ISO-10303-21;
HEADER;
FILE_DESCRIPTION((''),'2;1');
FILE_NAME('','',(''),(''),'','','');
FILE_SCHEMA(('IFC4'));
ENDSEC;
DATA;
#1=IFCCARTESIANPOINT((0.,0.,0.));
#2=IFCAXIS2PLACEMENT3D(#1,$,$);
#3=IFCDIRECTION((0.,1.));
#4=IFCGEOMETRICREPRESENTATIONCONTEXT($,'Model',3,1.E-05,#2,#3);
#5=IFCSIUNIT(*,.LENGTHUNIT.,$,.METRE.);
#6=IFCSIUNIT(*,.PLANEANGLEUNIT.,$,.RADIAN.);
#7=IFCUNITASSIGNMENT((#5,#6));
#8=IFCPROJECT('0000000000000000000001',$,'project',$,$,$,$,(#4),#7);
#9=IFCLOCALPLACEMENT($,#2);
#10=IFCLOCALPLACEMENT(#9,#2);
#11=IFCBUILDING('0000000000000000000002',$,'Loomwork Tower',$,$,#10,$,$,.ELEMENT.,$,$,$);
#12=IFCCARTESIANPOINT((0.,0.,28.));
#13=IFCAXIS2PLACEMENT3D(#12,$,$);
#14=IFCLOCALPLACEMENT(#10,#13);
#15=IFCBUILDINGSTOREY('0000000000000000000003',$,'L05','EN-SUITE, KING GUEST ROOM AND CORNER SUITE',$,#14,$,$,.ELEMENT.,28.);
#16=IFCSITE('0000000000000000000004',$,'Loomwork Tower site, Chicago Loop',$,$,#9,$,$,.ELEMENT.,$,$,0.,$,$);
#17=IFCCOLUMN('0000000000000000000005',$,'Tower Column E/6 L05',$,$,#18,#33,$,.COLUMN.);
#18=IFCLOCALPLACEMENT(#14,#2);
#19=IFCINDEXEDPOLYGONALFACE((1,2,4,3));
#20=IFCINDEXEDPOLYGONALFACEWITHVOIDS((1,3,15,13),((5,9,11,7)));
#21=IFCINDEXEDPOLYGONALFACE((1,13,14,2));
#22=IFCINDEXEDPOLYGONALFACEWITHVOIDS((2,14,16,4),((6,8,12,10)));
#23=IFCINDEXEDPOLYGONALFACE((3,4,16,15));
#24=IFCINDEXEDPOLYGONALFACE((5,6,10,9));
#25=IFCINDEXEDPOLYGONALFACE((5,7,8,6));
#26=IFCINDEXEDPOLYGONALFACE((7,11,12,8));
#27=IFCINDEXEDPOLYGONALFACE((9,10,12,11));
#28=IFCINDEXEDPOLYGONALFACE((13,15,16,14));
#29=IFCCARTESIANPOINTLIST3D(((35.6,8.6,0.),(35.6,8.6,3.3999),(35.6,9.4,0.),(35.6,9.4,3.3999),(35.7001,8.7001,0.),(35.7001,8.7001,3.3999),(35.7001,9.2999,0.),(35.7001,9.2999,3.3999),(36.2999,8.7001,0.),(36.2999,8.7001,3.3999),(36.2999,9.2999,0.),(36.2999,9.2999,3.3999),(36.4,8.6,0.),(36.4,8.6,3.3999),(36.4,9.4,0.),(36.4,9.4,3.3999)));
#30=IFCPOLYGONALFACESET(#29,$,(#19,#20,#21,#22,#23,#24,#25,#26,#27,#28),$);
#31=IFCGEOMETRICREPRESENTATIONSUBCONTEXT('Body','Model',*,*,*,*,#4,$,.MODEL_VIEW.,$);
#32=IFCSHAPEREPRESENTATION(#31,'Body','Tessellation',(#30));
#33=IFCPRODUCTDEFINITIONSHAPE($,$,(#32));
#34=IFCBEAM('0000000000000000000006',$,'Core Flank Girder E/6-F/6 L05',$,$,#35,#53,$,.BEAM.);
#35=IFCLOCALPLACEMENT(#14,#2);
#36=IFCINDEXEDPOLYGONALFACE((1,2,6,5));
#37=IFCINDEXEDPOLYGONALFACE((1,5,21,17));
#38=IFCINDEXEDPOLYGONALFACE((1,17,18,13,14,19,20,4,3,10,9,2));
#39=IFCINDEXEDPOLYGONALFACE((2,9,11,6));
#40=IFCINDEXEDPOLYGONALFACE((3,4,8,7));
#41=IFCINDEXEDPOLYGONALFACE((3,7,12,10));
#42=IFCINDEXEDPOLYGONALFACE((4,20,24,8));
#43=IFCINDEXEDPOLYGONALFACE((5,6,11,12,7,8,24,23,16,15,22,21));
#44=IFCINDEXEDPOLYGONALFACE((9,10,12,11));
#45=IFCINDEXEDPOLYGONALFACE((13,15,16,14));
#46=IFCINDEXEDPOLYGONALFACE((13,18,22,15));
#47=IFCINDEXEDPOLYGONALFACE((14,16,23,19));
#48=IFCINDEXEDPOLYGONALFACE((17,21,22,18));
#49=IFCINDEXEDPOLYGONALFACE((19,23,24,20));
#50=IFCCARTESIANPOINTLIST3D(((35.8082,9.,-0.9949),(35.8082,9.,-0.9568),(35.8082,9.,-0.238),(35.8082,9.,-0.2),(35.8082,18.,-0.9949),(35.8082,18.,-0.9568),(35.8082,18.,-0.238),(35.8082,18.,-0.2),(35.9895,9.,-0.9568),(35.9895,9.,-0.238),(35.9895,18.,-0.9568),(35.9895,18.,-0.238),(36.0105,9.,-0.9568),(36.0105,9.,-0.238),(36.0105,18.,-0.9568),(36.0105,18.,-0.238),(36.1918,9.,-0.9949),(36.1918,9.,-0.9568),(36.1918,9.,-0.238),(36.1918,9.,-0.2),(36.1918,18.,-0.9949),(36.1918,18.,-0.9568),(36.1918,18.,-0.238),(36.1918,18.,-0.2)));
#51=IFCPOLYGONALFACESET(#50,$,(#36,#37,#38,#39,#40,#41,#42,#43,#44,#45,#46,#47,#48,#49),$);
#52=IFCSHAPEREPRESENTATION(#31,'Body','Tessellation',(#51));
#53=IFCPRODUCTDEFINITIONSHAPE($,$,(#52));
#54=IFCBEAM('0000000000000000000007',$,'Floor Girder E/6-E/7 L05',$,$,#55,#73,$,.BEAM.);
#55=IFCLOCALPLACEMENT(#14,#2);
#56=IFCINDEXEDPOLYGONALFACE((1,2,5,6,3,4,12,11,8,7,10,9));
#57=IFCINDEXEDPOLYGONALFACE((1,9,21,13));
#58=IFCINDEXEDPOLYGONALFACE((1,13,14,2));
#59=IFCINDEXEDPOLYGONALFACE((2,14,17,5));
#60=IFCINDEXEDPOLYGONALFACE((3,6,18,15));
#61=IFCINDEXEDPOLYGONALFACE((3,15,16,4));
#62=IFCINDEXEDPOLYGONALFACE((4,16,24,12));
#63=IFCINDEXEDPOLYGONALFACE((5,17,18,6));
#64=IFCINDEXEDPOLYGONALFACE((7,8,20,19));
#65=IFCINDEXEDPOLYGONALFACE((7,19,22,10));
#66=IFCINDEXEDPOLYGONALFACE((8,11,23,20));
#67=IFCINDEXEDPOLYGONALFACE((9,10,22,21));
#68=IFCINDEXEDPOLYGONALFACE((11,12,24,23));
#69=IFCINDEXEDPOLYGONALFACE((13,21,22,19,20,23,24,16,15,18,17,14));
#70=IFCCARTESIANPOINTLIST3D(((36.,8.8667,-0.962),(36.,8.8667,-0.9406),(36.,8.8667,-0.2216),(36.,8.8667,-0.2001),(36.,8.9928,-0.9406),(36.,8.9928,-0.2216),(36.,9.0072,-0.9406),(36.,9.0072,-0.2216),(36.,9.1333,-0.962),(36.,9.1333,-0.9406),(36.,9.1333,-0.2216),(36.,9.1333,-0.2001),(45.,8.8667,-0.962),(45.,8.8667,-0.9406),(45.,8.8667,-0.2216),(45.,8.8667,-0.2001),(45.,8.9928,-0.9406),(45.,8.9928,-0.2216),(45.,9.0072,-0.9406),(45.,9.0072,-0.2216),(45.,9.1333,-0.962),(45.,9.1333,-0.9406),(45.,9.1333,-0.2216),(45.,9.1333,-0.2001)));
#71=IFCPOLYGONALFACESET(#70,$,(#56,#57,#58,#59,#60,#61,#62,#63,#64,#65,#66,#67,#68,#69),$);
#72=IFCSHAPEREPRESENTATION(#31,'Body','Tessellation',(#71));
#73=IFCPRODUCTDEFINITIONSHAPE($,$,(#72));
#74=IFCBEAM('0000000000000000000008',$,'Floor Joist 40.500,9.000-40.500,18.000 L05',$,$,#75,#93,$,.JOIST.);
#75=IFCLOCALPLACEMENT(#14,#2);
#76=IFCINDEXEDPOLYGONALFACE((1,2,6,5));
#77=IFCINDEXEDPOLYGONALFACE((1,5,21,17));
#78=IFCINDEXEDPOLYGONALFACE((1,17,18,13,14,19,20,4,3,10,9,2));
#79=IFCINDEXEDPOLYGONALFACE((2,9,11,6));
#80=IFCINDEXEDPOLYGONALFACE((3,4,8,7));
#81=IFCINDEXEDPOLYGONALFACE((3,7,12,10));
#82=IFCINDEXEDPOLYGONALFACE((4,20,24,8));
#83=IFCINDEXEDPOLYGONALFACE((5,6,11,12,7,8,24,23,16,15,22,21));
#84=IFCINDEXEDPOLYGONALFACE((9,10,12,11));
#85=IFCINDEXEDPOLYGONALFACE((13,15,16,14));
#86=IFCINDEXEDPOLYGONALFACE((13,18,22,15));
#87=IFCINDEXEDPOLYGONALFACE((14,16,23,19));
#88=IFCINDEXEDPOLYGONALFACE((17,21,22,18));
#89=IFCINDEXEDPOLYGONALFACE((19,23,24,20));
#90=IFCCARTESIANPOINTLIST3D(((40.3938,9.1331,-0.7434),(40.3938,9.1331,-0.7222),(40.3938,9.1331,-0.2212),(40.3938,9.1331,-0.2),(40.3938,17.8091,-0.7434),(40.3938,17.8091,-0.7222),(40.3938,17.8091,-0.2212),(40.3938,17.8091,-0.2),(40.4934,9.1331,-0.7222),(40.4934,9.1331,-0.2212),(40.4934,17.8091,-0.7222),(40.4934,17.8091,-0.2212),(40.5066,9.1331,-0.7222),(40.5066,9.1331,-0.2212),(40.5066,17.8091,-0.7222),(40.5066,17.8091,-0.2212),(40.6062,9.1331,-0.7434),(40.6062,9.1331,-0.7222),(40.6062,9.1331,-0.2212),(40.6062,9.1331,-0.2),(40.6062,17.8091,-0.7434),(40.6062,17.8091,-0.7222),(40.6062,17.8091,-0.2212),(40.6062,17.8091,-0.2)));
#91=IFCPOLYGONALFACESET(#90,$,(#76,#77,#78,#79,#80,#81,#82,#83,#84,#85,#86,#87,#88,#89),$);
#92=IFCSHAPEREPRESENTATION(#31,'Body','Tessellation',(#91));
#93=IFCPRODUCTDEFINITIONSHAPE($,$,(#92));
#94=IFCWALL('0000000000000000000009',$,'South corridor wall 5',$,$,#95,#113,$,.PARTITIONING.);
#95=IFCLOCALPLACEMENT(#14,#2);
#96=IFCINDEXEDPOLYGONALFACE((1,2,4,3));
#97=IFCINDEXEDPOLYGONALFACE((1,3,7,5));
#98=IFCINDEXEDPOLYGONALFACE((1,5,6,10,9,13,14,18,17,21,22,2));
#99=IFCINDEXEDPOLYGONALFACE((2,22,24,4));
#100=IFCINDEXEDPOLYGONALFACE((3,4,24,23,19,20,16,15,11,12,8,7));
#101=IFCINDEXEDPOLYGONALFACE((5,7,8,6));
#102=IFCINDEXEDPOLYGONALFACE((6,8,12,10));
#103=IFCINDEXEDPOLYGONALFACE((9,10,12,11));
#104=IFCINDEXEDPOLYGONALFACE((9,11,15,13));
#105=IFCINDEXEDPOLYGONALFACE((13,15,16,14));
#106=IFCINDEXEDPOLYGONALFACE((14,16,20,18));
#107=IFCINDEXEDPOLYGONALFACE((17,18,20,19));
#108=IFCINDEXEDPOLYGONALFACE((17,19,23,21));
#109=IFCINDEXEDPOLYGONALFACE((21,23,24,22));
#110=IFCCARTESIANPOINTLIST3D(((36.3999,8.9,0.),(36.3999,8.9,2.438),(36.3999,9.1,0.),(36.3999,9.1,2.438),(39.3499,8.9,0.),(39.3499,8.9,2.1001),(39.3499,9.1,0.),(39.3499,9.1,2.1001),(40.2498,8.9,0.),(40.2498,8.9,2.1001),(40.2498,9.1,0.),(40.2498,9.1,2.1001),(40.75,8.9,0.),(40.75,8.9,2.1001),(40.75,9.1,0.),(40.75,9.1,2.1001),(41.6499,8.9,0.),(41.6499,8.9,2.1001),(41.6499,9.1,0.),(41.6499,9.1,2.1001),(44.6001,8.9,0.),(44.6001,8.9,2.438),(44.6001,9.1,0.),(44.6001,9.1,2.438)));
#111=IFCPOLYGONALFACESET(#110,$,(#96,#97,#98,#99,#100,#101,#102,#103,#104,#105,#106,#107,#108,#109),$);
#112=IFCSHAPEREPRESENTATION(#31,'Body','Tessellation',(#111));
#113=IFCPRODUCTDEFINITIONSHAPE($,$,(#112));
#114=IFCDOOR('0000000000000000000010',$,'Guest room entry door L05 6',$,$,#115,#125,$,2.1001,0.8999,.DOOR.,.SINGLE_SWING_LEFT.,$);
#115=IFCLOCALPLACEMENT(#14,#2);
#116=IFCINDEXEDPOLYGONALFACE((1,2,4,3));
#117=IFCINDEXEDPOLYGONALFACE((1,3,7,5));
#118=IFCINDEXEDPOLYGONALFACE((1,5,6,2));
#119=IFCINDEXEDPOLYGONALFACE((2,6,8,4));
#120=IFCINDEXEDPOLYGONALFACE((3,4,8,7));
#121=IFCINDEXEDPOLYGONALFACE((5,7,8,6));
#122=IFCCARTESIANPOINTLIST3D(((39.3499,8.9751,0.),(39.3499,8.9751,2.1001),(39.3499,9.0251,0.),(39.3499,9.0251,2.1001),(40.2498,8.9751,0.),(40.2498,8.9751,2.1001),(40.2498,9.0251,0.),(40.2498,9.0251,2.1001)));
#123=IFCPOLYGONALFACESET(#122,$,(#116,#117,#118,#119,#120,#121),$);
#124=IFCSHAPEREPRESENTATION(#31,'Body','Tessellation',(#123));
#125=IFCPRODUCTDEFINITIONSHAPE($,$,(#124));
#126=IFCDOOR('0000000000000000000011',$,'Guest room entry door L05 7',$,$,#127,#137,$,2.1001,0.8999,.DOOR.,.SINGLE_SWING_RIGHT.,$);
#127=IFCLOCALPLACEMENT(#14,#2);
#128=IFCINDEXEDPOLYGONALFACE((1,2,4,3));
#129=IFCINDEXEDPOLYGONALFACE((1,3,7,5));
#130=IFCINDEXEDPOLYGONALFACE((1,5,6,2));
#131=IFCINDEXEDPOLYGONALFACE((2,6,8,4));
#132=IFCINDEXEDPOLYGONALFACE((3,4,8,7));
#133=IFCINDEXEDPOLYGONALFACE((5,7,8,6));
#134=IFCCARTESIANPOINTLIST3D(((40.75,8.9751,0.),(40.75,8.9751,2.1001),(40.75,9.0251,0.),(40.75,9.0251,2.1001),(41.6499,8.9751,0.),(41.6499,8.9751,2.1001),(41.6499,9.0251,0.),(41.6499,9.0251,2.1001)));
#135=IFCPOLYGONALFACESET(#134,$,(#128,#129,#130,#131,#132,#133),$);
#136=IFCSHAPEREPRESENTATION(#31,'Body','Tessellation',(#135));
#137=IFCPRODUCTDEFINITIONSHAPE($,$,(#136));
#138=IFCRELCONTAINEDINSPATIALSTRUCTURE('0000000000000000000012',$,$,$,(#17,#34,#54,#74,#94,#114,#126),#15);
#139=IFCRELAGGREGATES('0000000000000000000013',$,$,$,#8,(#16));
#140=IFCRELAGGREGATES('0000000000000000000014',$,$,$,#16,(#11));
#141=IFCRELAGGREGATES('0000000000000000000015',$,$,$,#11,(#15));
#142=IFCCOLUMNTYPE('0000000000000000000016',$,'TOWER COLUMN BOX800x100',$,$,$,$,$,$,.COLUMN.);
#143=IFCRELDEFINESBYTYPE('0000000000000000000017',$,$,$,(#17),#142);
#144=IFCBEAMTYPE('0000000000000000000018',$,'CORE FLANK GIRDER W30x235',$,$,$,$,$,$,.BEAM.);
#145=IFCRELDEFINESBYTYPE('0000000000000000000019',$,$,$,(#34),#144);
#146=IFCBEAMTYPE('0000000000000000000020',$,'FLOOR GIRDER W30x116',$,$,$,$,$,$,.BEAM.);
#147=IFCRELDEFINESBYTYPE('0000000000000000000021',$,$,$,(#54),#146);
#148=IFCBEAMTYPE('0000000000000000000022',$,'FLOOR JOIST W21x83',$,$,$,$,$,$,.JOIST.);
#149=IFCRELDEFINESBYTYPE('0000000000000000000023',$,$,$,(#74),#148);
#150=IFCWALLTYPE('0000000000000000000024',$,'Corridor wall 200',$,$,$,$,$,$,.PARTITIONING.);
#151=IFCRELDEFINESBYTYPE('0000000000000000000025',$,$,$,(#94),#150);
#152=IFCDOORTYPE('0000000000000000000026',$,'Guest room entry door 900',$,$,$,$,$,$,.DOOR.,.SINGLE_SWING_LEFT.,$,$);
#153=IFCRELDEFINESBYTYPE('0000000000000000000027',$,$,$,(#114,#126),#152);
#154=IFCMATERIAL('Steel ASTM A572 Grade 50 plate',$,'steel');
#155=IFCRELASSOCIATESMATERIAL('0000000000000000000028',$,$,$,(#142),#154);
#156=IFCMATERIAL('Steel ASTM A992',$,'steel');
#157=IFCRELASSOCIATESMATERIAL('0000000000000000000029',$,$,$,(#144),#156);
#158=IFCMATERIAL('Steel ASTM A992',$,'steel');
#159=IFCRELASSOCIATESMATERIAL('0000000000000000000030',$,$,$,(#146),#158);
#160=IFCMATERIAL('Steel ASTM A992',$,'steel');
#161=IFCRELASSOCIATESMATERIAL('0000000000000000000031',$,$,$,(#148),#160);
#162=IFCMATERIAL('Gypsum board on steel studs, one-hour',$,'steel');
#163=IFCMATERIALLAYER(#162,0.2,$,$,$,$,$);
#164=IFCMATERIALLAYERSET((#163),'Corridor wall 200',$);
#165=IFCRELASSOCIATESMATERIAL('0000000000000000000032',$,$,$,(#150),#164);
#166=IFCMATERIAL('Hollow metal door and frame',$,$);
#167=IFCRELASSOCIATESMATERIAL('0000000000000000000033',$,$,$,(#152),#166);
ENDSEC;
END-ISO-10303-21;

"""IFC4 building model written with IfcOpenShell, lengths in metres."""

from ifc_helpers import new_model, si_unit, direction, frame, frame_2d, origin, origin_2d, place, context, subcontext, project, spatial, rectangle, hollow_rectangle, i_section, extrude, material, layer, layer_set, material_profile, profile_set, type_object, element, fill, save


model = new_model("IFC4")

# Units and contexts
model_context = context("Model", 3, precision=1e-05, world=origin(), true_north=direction((0.0, 1.0)))
body_context = subcontext(model_context, "Body", "Model", "MODEL_VIEW")
ifc_project = project(units=[si_unit("LENGTHUNIT", "METRE"), si_unit("PLANEANGLEUNIT", "RADIAN")], contexts=[model_context])

# Site, building, storey
site_placement = place(None, origin())
site = spatial("IfcSite", under=ifc_project, at=site_placement, Name="Loomwork Tower site, Chicago Loop", CompositionType="ELEMENT", RefElevation=0.0)
building_placement = place(site_placement, origin())
building = spatial("IfcBuilding", under=site, at=building_placement, Name="Loomwork Tower", CompositionType="ELEMENT")
storey_placement = place(building_placement, frame((0.0, 0.0, 28.0)))
storey = spatial("IfcBuildingStorey", under=building, at=storey_placement, Name="L05", Description="EN-SUITE, KING GUEST ROOM AND CORNER SUITE", CompositionType="ELEMENT", Elevation=28.0)

# Column
ifc_material_1 = material(Name="Steel ASTM A572 Grade 50 plate", Category="steel")
ifc_material_profile_1 = material_profile(ifc_material_1, hollow_rectangle(XDim=0.8, YDim=0.8, WallThickness=0.1001, at=origin_2d()), Name="BOX800x100")
ifc_profile_set_1 = profile_set([ifc_material_profile_1], Name="Steel ASTM A572 Grade 50 plate")
column_type = type_object("IfcColumnType", Name="TOWER COLUMN BOX800x100", PredefinedType="COLUMN", material=ifc_profile_set_1)
column_placement = place(storey_placement, frame((36.0, 9.0, 0.0), z_axis=(0.0, 0.0, 1.0), x_axis=(0.0, 1.0, 0.0)))
element("IfcColumn", 1, at=column_placement, inside=storey, type_object=column_type, Name="Tower Column E/6 L05", PredefinedType="COLUMN", context=body_context, shape_type="SweptSolid", body=[
    extrude(hollow_rectangle(XDim=0.8, YDim=0.8, WallThickness=0.1001, at=origin_2d()), origin(), (0.0, 0.0, 1.0), 3.3999),
])

# Beams
ifc_material_2 = material(Name="Steel ASTM A992", Category="steel")
ifc_material_profile_2 = material_profile(ifc_material_2, i_section(OverallWidth=0.3835, OverallDepth=0.7949, WebThickness=0.021, FlangeThickness=0.0381, at=origin_2d()), Name="W30x235")
ifc_profile_set_2 = profile_set([ifc_material_profile_2], Name="Steel ASTM A992")
beam_type_1 = type_object("IfcBeamType", Name="CORE FLANK GIRDER W30x235", PredefinedType="BEAM", material=ifc_profile_set_2)
beam_1_placement = place(storey_placement, frame((36.0, 9.0, -0.5974), z_axis=(0.0, 1.0, 0.0), x_axis=(-1.0, 0.0, 0.0)))
element("IfcBeam", 2, at=beam_1_placement, inside=storey, type_object=beam_type_1, Name="Core Flank Girder E/6-F/6 L05", PredefinedType="BEAM", context=body_context, shape_type="SweptSolid", body=[
    extrude(i_section(OverallWidth=0.3835, OverallDepth=0.7949, WebThickness=0.021, FlangeThickness=0.0381, at=origin_2d()), origin(), (0.0, 0.0, 1.0), 9.0),
])
ifc_material_3 = material(Name="Steel ASTM A992", Category="steel")
ifc_material_profile_3 = material_profile(ifc_material_3, i_section(OverallWidth=0.2666, OverallDepth=0.762, WebThickness=0.0144, FlangeThickness=0.0215, at=origin_2d()), Name="W30x116")
ifc_profile_set_3 = profile_set([ifc_material_profile_3], Name="Steel ASTM A992")
beam_type_2 = type_object("IfcBeamType", Name="FLOOR GIRDER W30x116", PredefinedType="BEAM", material=ifc_profile_set_3)
beam_2_placement = place(storey_placement, frame((36.0, 9.0, -0.5811), z_axis=(1.0, 0.0, 0.0), x_axis=(0.0, 1.0, 0.0)))
element("IfcBeam", 3, at=beam_2_placement, inside=storey, type_object=beam_type_2, Name="Floor Girder E/6-E/7 L05", PredefinedType="BEAM", context=body_context, shape_type="SweptSolid", body=[
    extrude(i_section(OverallWidth=0.2666, OverallDepth=0.762, WebThickness=0.0144, FlangeThickness=0.0215, at=origin_2d()), origin(), (0.0, 0.0, 1.0), 9.0),
])
ifc_material_4 = material(Name="Steel ASTM A992", Category="steel")
ifc_material_profile_4 = material_profile(ifc_material_4, i_section(OverallWidth=0.2124, OverallDepth=0.5435, WebThickness=0.0132, FlangeThickness=0.0212, at=origin_2d()), Name="W21x83")
ifc_profile_set_4 = profile_set([ifc_material_profile_4], Name="Steel ASTM A992")
beam_type_3 = type_object("IfcBeamType", Name="FLOOR JOIST W21x83", PredefinedType="JOIST", material=ifc_profile_set_4)
beam_3_placement = place(storey_placement, frame((40.5, 9.1331, -0.4717), z_axis=(0.0, 1.0, 0.0), x_axis=(-1.0, 0.0, 0.0)))
element("IfcBeam", 4, at=beam_3_placement, inside=storey, type_object=beam_type_3, Name="Floor Joist 40.500,9.000-40.500,18.000 L05", PredefinedType="JOIST", context=body_context, shape_type="SweptSolid", body=[
    extrude(i_section(OverallWidth=0.2124, OverallDepth=0.5435, WebThickness=0.0132, FlangeThickness=0.0212, at=origin_2d()), origin(), (0.0, 0.0, 1.0), 8.676),
])

# Wall, openings, doors
ifc_material_5 = material(Name="Gypsum board on steel studs, one-hour", Category="steel")
ifc_layer_1 = layer(ifc_material_5, 0.2)
ifc_layer_set_1 = layer_set([ifc_layer_1], Name="Corridor wall 200")
wall_type_1 = type_object("IfcWallType", Name="Corridor wall 200", PredefinedType="PARTITIONING", material=ifc_layer_set_1)
wall_1_placement = place(storey_placement, frame((36.3999, 9.0, 0.0), z_axis=(0.0, 0.0, 1.0), x_axis=(1.0, 0.0, 0.0)))
wall_1 = element("IfcWall", 5, at=wall_1_placement, inside=storey, type_object=wall_type_1, Name="South corridor wall 5", PredefinedType="PARTITIONING", context=body_context, shape_type="SweptSolid", body=[
    extrude(rectangle(XDim=8.2002, YDim=0.2, at=frame_2d((4.1001, 0.0))), origin(), (0.0, 0.0, 1.0), 2.438),
])
opening_1_placement = place(wall_1_placement, frame((2.95, 0.0, 0.0)))
opening_1 = element("IfcOpeningElement", 6, at=opening_1_placement, cuts=wall_1, PredefinedType="OPENING", context=body_context, shape_type="SweptSolid", body=[
    extrude(rectangle(XDim=0.8999, YDim=2.1001, at=frame_2d((0.45, 1.05))), frame((0.0, 0.1099, 0.0), z_axis=(0.0, -1.0, 0.0), x_axis=(1.0, 0.0, 0.0)), (0.0, 0.0, 1.0), 0.22),
])
opening_2_placement = place(wall_1_placement, frame((4.3501, 0.0, 0.0)))
opening_2 = element("IfcOpeningElement", 7, at=opening_2_placement, cuts=wall_1, PredefinedType="OPENING", context=body_context, shape_type="SweptSolid", body=[
    extrude(rectangle(XDim=0.8999, YDim=2.1001, at=frame_2d((0.45, 1.05))), frame((0.0, 0.1099, 0.0), z_axis=(0.0, -1.0, 0.0), x_axis=(1.0, 0.0, 0.0)), (0.0, 0.0, 1.0), 0.22),
])
ifc_material_6 = material(Name="Hollow metal door and frame")
door_type_1 = type_object("IfcDoorType", Name="Guest room entry door 900", OperationType="SINGLE_SWING_LEFT", PredefinedType="DOOR", material=ifc_material_6)
door_1_placement = place(opening_1_placement, frame((0.8999, 0.0, 0.0), z_axis=(0.0, 0.0, 1.0), x_axis=(-1.0, 0.0, 0.0)))
door_1 = element("IfcDoor", 8, at=door_1_placement, inside=storey, type_object=door_type_1, Name="Guest room entry door L05 6", OperationType="SINGLE_SWING_LEFT", OverallHeight=2.1001, OverallWidth=0.8999, PredefinedType="DOOR", context=body_context, shape_type="SweptSolid", body=[
    extrude(rectangle(XDim=0.8999, YDim=2.1001, at=frame_2d((0.45, 1.05))), frame((0.0, 0.0249, 0.0), z_axis=(0.0, -1.0, 0.0), x_axis=(1.0, 0.0, 0.0)), (0.0, 0.0, 1.0), 0.05),
])
fill(opening_1, door_1)
door_2_placement = place(opening_2_placement, frame((0.8999, 0.0, 0.0), z_axis=(0.0, 0.0, 1.0), x_axis=(-1.0, 0.0, 0.0)))
door_2 = element("IfcDoor", 9, at=door_2_placement, inside=storey, type_object=door_type_1, Name="Guest room entry door L05 7", OperationType="SINGLE_SWING_RIGHT", OverallHeight=2.1001, OverallWidth=0.8999, PredefinedType="DOOR", context=body_context, shape_type="SweptSolid", body=[
    extrude(rectangle(XDim=0.8999, YDim=2.1001, at=frame_2d((0.45, 1.05))), frame((0.0, 0.0249, 0.0), z_axis=(0.0, -1.0, 0.0), x_axis=(1.0, 0.0, 0.0)), (0.0, 0.0, 1.0), 0.05),
])
fill(opening_2, door_2)

save(model, "model.ifc")
